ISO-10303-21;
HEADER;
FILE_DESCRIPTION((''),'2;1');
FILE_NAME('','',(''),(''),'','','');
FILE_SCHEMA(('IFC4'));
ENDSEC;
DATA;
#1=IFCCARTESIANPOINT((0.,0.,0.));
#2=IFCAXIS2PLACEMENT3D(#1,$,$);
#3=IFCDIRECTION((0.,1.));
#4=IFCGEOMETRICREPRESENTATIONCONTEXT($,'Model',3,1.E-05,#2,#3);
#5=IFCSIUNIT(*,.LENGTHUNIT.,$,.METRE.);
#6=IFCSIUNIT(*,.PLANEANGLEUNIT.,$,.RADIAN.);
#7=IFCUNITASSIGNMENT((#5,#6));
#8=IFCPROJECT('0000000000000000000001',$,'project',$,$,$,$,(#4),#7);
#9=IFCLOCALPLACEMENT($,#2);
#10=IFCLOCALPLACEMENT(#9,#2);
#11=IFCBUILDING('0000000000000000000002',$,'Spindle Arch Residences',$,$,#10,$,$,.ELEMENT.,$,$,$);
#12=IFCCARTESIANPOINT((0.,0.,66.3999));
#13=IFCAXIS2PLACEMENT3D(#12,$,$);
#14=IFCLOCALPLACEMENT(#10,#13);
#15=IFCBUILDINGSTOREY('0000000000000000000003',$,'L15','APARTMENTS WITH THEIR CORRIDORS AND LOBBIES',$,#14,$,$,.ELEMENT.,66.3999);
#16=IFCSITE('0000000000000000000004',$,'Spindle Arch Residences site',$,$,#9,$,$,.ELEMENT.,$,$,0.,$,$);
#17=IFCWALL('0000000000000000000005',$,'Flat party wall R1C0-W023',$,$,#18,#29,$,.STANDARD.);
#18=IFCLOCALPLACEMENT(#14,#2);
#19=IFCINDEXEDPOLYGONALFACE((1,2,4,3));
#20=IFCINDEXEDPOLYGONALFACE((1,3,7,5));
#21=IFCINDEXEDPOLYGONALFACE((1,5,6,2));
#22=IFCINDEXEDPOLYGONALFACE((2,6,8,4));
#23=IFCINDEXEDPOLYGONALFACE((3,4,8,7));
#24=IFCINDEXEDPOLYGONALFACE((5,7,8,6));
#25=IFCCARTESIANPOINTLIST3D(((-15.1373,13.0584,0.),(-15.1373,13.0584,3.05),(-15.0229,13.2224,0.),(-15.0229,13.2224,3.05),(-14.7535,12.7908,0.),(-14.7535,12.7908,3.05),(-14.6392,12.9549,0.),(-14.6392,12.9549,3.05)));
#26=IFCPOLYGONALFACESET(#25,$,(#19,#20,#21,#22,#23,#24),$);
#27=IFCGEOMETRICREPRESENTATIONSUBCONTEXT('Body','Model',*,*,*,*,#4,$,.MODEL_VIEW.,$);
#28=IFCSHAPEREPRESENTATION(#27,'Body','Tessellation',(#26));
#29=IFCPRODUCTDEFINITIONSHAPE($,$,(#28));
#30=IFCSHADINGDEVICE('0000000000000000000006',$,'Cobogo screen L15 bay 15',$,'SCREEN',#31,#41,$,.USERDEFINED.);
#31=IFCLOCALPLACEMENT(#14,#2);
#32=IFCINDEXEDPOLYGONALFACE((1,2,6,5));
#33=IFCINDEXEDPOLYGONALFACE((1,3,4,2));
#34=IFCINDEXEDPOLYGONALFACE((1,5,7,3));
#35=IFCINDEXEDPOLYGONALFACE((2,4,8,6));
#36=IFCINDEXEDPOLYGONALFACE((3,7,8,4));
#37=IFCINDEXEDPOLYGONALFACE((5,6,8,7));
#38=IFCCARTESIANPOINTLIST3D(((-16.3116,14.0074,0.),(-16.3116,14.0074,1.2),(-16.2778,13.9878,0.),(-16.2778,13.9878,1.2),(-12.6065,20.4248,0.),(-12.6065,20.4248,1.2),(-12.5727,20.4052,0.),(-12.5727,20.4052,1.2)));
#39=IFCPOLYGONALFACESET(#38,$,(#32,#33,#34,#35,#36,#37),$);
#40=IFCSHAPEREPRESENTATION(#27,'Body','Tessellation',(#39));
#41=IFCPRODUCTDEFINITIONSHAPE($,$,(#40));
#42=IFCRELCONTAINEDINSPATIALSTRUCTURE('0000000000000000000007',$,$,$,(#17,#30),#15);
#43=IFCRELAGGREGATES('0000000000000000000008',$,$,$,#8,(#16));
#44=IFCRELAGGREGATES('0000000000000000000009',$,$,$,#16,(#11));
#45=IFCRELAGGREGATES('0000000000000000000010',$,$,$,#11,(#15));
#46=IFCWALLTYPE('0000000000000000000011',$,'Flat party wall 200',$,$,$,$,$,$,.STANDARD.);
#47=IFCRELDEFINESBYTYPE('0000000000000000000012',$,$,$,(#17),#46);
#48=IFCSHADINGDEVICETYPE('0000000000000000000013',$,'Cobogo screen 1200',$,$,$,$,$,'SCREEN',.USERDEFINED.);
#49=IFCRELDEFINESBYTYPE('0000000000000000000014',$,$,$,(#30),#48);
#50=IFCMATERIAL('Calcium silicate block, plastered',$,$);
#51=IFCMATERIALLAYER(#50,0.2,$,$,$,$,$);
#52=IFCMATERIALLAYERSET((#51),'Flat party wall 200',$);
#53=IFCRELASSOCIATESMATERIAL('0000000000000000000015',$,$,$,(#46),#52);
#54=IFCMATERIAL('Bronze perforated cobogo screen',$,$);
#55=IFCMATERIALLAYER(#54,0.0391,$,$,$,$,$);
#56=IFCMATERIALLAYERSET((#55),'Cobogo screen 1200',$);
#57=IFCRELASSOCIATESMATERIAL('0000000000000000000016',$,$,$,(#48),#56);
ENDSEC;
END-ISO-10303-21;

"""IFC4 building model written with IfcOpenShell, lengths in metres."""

from ifc_helpers import new_model, si_unit, direction, frame, frame_2d, origin, origin_2d, place, context, subcontext, project, spatial, rectangle, extrude, material, layer, layer_set, type_object, element, save


model = new_model("IFC4")

# Units and contexts
model_context = context("Model", 3, precision=1e-05, world=origin(), true_north=direction((0.0, 1.0)))
body_context = subcontext(model_context, "Body", "Model", "MODEL_VIEW")
ifc_project = project(units=[si_unit("LENGTHUNIT", "METRE"), si_unit("PLANEANGLEUNIT", "RADIAN")], contexts=[model_context])

# Site, building, storey
site_placement = place(None, origin())
site = spatial("IfcSite", under=ifc_project, at=site_placement, Name="Spindle Arch Residences site", CompositionType="ELEMENT", RefElevation=0.0)
building_placement = place(site_placement, origin())
building = spatial("IfcBuilding", under=site, at=building_placement, Name="Spindle Arch Residences", CompositionType="ELEMENT")
storey_placement = place(building_placement, frame((0.0, 0.0, 66.3999)))
storey = spatial("IfcBuildingStorey", under=building, at=storey_placement, Name="L15", Description="APARTMENTS WITH THEIR CORRIDORS AND LOBBIES", CompositionType="ELEMENT", Elevation=66.3999)

# Wall
ifc_material_1 = material(Name="Calcium silicate block, plastered")
ifc_layer_1 = layer(ifc_material_1, 0.2)
ifc_layer_set_1 = layer_set([ifc_layer_1], Name="Flat party wall 200")
wall_type_1 = type_object("IfcWallType", Name="Flat party wall 200", PredefinedType="STANDARD", material=ifc_layer_set_1)
wall_1_placement = place(storey_placement, frame((-15.0801, 13.1404, 0.0), z_axis=(0.0, 0.0, 1.0), x_axis=(0.820309, -0.57192, 0.0)))
element("IfcWall", 1, at=wall_1_placement, inside=storey, type_object=wall_type_1, Name="Flat party wall R1C0-W023", PredefinedType="STANDARD", context=body_context, shape_type="SweptSolid", body=[
    extrude(rectangle(XDim=0.4678, YDim=0.2, at=frame_2d((0.2339, 0.0))), origin(), (0.0, 0.0, 1.0), 3.05),
])

# Shading device
ifc_material_2 = material(Name="Bronze perforated cobogo screen")
ifc_layer_2 = layer(ifc_material_2, 0.0391)
ifc_layer_set_2 = layer_set([ifc_layer_2], Name="Cobogo screen 1200")
shading_device_type = type_object("IfcShadingDeviceType", Name="Cobogo screen 1200", ElementType="SCREEN", PredefinedType="USERDEFINED", material=ifc_layer_set_2)
shading_device_placement = place(storey_placement, frame((-14.4421, 17.2063, 0.0), z_axis=(0.0, 0.0, 1.0), x_axis=(-0.5, -0.866025, 0.0)))
element("IfcShadingDevice", 2, at=shading_device_placement, inside=storey, type_object=shading_device_type, Name="Cobogo screen L15 bay 15", ObjectType="SCREEN", PredefinedType="USERDEFINED", context=body_context, shape_type="SweptSolid", body=[
    extrude(rectangle(XDim=7.4102, YDim=0.0391, at=origin_2d()), origin(), (0.0, 0.0, 1.0), 1.2),
])

save(model, "model.ifc")
